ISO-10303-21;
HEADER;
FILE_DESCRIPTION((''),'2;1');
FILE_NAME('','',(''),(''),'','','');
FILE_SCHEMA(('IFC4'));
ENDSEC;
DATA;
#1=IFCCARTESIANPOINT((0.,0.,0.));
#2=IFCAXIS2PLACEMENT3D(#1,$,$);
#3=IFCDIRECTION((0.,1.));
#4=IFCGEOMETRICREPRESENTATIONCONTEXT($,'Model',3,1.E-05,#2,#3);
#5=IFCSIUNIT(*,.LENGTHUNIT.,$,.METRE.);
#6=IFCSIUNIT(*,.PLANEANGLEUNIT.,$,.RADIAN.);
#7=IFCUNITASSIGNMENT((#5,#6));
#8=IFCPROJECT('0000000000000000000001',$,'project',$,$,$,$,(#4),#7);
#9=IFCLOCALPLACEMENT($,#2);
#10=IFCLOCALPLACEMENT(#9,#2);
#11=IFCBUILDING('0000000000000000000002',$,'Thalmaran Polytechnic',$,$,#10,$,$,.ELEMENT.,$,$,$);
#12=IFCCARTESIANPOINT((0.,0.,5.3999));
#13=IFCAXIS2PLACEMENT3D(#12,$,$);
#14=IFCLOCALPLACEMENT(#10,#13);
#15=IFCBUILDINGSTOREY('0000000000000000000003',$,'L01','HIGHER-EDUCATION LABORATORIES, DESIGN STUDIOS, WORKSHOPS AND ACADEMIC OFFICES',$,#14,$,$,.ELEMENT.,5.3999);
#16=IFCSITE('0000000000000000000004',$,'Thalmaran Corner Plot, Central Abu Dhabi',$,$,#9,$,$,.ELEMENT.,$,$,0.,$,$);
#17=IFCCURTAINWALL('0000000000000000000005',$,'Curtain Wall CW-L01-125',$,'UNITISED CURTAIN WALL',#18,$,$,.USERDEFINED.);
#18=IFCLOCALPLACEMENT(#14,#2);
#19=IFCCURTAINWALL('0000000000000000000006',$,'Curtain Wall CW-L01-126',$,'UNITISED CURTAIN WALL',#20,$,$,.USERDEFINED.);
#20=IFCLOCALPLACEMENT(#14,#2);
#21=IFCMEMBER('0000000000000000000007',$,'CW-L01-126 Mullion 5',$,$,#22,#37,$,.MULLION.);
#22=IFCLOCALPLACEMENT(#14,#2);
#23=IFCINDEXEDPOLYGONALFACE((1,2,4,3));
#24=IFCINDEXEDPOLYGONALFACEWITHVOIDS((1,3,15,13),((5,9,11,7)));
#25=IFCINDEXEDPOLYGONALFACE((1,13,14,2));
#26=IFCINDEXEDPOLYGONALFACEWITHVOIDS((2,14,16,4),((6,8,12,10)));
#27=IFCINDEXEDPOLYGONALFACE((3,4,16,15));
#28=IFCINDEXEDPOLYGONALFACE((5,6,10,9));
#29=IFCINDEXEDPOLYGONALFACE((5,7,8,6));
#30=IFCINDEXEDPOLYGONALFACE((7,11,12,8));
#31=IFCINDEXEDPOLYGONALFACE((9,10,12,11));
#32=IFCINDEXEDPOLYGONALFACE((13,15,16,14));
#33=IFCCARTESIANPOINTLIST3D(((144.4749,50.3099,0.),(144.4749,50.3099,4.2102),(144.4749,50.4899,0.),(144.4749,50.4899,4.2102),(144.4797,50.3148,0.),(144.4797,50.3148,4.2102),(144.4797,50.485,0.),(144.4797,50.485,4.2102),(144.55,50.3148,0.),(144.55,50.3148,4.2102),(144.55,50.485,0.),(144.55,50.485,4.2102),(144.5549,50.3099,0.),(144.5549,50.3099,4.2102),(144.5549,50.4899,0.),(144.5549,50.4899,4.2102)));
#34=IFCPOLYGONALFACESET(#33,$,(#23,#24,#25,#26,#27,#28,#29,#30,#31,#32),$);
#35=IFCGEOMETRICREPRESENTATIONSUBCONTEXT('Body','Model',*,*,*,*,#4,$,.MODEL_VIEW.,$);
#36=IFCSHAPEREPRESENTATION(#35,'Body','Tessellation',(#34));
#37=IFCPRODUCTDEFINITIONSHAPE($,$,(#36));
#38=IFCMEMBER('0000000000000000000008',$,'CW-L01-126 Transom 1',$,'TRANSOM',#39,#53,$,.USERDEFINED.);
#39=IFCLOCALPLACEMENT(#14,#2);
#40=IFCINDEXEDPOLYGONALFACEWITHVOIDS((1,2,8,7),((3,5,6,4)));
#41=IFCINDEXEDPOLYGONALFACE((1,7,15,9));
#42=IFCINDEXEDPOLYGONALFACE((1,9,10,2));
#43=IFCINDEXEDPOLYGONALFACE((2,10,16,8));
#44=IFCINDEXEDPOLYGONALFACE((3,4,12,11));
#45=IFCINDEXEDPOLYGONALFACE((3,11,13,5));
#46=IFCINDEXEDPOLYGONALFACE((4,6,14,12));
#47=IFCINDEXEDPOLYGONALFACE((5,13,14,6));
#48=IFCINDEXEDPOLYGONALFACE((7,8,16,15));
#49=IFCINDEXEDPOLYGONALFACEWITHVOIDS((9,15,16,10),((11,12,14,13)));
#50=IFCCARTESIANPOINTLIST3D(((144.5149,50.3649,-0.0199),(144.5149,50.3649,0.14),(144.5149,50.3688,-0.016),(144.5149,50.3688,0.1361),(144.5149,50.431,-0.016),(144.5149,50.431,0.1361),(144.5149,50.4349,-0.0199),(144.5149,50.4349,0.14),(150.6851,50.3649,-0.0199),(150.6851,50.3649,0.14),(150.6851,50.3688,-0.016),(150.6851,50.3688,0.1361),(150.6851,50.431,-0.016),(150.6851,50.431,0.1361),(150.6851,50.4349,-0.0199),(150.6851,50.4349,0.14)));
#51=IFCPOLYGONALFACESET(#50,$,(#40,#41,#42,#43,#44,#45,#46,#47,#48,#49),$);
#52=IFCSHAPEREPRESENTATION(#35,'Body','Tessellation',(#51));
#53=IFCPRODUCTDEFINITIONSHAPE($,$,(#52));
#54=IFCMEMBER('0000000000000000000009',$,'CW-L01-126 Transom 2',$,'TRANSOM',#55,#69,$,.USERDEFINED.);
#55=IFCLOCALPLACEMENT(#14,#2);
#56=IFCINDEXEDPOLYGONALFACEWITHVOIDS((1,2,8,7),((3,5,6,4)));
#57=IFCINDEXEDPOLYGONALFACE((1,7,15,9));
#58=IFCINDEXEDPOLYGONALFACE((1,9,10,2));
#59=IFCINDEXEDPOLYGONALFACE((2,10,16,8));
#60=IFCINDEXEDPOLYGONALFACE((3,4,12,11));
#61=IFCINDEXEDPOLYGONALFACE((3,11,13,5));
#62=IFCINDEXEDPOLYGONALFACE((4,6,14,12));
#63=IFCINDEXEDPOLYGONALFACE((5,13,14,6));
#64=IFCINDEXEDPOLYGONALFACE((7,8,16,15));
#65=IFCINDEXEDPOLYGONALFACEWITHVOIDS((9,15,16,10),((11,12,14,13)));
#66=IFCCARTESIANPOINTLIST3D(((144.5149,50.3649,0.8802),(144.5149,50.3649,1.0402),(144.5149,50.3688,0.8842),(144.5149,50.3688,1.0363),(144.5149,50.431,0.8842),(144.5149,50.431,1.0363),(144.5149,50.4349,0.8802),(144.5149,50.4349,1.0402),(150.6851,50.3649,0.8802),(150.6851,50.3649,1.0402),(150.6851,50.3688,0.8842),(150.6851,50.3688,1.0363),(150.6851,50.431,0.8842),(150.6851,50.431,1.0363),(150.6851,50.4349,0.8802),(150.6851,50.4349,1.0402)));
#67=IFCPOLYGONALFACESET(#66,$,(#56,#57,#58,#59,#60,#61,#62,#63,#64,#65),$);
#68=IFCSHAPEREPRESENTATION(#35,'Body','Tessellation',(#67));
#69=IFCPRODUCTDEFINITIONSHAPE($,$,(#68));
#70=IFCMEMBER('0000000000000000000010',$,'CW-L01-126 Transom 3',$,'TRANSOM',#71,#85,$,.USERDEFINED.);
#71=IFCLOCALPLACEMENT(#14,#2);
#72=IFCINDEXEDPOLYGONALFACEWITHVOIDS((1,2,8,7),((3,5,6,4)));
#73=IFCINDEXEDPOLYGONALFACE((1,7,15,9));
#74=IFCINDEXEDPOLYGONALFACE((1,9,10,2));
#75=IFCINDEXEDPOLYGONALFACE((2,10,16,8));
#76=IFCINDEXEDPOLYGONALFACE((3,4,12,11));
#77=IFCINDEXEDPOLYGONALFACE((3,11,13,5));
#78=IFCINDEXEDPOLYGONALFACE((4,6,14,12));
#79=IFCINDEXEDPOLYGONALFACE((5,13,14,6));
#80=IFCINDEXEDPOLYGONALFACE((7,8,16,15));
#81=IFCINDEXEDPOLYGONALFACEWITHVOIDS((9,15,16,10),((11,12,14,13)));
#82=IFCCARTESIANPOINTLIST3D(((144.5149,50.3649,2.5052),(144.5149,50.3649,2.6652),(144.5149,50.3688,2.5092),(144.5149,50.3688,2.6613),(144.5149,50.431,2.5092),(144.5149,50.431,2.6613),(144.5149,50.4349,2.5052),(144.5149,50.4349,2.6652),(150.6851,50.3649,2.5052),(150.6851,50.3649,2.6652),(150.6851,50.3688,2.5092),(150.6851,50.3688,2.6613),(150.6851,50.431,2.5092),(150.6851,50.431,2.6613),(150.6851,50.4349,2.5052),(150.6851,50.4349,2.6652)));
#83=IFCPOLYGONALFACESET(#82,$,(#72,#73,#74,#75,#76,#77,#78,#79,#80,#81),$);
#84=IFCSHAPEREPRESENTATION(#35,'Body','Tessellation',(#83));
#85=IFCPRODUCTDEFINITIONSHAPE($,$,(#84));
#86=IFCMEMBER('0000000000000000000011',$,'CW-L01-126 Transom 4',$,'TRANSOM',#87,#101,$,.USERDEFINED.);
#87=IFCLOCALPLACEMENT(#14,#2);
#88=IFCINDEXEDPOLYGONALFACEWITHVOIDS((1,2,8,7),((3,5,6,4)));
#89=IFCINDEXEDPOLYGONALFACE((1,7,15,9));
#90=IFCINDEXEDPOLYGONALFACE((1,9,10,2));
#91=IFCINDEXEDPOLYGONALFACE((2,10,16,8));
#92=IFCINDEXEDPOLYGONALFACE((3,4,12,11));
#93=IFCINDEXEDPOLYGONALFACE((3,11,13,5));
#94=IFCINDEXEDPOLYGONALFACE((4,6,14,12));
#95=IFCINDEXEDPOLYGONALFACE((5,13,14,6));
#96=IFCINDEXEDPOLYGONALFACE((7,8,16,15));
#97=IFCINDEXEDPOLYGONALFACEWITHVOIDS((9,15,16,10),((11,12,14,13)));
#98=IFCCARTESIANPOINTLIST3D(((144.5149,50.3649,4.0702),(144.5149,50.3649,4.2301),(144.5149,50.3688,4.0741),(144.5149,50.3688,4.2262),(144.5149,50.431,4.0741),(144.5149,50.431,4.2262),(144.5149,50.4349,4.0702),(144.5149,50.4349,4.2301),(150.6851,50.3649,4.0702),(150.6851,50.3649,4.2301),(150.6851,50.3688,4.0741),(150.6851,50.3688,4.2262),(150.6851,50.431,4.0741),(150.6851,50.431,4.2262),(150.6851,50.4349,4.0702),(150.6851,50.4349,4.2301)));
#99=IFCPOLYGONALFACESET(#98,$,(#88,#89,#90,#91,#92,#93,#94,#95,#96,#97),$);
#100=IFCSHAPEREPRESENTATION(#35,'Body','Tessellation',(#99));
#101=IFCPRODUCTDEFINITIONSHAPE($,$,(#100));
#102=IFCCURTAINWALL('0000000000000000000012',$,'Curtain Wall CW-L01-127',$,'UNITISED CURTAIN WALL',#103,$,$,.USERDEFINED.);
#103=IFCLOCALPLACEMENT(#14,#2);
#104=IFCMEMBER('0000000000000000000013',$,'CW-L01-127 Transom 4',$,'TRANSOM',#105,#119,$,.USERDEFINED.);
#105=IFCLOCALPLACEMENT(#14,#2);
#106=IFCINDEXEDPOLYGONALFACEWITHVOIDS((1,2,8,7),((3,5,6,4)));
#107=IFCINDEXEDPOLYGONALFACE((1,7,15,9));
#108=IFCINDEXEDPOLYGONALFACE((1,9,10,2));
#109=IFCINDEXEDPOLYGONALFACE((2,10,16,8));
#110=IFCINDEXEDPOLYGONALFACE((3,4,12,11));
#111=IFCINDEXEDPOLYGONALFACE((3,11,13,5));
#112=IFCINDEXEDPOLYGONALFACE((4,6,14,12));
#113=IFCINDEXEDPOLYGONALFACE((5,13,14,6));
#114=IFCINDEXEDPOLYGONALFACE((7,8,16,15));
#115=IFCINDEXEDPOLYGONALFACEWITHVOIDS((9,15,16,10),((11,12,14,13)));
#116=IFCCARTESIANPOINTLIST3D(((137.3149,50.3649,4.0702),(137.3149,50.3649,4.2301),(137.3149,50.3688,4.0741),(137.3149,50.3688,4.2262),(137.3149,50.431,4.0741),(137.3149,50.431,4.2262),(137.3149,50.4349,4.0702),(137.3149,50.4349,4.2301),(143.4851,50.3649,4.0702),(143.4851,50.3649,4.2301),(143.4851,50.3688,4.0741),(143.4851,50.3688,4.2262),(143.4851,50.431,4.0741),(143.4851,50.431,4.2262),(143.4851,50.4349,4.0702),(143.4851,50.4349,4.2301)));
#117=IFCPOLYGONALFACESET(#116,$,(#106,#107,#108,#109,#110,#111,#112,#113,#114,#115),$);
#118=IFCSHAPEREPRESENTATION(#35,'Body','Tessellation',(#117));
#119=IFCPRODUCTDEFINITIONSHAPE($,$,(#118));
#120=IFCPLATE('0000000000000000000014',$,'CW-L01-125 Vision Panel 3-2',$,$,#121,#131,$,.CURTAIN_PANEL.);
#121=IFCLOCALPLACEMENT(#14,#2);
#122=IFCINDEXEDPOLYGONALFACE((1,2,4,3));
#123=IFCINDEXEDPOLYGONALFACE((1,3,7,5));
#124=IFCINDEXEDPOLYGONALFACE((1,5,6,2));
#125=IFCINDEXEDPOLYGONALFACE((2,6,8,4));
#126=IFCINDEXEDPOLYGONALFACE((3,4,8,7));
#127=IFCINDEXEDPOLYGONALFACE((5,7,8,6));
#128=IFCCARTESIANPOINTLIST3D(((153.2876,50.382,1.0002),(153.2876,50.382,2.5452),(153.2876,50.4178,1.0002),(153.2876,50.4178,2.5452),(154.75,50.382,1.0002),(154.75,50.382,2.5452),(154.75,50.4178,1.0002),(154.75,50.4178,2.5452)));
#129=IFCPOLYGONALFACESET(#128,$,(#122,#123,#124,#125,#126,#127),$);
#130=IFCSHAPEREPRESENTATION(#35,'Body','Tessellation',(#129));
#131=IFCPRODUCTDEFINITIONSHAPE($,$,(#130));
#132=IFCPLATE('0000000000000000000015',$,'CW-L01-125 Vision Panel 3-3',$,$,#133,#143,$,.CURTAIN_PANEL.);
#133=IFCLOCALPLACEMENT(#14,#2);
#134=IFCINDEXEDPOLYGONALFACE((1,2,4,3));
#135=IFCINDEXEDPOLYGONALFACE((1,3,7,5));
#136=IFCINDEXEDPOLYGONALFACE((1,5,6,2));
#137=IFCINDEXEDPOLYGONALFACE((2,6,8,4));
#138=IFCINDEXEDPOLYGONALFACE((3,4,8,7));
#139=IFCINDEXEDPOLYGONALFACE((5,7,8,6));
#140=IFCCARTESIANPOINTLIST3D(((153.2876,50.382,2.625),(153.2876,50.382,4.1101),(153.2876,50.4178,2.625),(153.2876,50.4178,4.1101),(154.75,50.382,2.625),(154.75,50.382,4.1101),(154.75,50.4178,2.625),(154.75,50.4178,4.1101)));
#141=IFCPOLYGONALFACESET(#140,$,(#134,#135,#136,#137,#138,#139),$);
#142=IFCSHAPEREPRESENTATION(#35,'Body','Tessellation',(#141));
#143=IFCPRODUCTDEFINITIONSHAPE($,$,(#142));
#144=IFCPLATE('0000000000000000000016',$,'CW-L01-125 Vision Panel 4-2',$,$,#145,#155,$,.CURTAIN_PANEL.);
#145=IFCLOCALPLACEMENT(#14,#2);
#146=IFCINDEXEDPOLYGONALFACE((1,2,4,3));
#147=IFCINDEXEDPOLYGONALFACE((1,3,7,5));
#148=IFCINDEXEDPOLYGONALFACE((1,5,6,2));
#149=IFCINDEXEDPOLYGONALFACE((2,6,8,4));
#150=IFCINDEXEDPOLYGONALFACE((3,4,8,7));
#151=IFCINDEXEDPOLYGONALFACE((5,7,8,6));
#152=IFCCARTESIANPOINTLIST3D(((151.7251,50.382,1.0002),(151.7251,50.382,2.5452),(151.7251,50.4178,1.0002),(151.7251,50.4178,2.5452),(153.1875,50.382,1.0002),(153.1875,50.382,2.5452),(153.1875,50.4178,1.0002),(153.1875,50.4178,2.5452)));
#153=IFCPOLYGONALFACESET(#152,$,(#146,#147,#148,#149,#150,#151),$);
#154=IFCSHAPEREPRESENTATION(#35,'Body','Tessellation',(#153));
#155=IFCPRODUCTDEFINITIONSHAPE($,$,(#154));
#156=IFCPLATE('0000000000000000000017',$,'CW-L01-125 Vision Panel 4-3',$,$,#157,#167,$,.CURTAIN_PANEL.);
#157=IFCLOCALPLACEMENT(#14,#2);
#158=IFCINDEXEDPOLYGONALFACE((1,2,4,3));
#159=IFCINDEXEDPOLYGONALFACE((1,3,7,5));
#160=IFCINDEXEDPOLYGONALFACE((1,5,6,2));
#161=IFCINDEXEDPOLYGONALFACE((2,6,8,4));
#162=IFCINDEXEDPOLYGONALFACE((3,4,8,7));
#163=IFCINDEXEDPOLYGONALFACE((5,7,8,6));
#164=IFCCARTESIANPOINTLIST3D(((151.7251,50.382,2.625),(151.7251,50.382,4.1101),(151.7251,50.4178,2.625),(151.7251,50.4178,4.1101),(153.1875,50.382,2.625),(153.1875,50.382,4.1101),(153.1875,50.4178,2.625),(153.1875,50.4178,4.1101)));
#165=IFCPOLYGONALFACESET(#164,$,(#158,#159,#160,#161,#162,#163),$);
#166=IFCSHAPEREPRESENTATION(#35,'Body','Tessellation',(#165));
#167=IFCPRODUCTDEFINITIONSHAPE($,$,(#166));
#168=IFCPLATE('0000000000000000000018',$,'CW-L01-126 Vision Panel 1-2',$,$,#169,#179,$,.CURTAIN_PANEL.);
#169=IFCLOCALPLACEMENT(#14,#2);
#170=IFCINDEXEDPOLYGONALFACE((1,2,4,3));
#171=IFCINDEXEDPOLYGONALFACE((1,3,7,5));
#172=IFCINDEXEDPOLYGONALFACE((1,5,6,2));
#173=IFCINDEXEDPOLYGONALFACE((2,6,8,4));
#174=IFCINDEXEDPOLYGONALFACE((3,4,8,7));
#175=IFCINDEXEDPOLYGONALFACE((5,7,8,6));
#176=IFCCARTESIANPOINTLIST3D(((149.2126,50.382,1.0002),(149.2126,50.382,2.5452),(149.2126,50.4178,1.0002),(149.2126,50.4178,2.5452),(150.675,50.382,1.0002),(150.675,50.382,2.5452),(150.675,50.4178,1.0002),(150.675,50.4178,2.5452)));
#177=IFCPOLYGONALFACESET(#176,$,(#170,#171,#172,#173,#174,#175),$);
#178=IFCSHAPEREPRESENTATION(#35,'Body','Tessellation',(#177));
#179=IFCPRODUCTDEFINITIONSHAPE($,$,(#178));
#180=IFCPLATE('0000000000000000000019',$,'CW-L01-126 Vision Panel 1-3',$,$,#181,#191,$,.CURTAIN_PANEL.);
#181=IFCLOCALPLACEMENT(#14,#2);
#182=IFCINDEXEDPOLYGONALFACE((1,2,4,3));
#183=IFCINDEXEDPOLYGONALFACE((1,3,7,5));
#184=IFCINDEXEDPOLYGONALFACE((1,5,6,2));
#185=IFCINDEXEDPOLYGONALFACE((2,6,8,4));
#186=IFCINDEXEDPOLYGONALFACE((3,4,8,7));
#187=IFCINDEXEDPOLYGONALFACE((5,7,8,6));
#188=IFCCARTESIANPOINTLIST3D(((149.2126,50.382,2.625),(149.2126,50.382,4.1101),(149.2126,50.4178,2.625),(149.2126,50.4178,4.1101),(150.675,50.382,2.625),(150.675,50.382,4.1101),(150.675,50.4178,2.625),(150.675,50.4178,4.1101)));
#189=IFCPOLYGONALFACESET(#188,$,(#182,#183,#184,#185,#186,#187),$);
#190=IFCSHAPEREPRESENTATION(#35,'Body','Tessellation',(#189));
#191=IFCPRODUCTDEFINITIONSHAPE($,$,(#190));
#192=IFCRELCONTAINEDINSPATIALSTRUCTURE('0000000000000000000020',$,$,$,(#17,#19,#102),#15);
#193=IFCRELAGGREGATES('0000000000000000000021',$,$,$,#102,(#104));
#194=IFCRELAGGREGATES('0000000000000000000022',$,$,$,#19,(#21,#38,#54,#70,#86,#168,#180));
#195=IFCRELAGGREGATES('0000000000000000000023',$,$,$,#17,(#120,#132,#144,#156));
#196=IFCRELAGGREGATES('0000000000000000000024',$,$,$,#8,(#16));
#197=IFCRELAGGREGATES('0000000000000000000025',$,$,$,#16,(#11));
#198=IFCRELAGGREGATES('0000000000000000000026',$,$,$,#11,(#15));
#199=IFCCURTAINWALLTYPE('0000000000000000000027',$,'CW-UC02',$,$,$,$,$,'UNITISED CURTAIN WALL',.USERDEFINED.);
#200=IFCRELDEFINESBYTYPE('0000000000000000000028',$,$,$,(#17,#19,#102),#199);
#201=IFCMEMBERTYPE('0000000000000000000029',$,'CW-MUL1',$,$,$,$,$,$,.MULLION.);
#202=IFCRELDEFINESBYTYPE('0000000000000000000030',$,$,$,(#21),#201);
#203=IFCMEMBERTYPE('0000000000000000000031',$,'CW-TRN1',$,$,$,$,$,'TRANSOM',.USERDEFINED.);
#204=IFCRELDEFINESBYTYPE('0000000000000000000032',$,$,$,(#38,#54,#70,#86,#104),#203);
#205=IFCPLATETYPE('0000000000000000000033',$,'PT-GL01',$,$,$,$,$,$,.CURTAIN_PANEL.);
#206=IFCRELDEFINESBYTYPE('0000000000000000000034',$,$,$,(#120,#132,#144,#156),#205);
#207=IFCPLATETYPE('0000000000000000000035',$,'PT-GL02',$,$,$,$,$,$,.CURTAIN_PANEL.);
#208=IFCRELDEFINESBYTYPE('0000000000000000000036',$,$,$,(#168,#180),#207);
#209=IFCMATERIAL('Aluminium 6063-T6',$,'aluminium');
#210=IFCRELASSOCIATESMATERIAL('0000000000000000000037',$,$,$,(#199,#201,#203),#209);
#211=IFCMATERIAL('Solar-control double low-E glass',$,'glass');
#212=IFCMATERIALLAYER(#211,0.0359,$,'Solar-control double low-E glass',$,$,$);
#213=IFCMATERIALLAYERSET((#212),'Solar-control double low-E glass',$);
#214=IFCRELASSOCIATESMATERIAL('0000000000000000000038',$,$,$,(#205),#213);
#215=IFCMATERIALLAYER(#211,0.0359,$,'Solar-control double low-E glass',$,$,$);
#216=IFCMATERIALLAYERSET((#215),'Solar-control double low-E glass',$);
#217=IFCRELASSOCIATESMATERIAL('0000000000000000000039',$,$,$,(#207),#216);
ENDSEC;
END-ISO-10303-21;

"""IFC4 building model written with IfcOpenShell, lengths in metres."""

from ifc_helpers import new_model, si_unit, direction, frame, origin, origin_2d, place, context, subcontext, project, spatial, rectangle, hollow_rectangle, extrude, material, layer, layer_set, material_profile, profile_set, type_object, element, aggregate, save


model = new_model("IFC4")

# Units and contexts
model_context = context("Model", 3, precision=1e-05, world=origin(), true_north=direction((0.0, 1.0)))
body_context = subcontext(model_context, "Body", "Model", "MODEL_VIEW")
ifc_project = project(units=[si_unit("LENGTHUNIT", "METRE"), si_unit("PLANEANGLEUNIT", "RADIAN")], contexts=[model_context])

# Site, building, storey
site_placement = place(None, origin())
site = spatial("IfcSite", under=ifc_project, at=site_placement, Name="Thalmaran Corner Plot, Central Abu Dhabi", CompositionType="ELEMENT", RefElevation=0.0)
building_placement = place(site_placement, origin())
building = spatial("IfcBuilding", under=site, at=building_placement, Name="Thalmaran Polytechnic", CompositionType="ELEMENT")
storey_placement = place(building_placement, frame((0.0, 0.0, 5.3999)))
storey = spatial("IfcBuildingStorey", under=building, at=storey_placement, Name="L01", Description="HIGHER-EDUCATION LABORATORIES, DESIGN STUDIOS, WORKSHOPS AND ACADEMIC OFFICES", CompositionType="ELEMENT", Elevation=5.3999)

# Curtain walls, members
ifc_material_1 = material(Name="Aluminium 6063-T6", Category="aluminium")
curtain_wall_type = type_object("IfcCurtainWallType", Name="CW-UC02", ElementType="UNITISED CURTAIN WALL", PredefinedType="USERDEFINED", material=ifc_material_1)
curtain_wall_1_placement = place(storey_placement, origin())
curtain_wall_1 = element("IfcCurtainWall", 1, at=curtain_wall_1_placement, inside=storey, type_object=curtain_wall_type, Name="Curtain Wall CW-L01-125", ObjectType="UNITISED CURTAIN WALL", PredefinedType="USERDEFINED")
ifc_material_profile_1 = material_profile(ifc_material_1, hollow_rectangle(XDim=0.0801, YDim=0.1799, WallThickness=0.0049, at=origin_2d()), Name="RHS 180x80x5.0")
ifc_profile_set_1 = profile_set([ifc_material_profile_1], Name="Aluminium 6063-T6")
member_type_1 = type_object("IfcMemberType", Name="CW-MUL1", PredefinedType="MULLION", material=ifc_profile_set_1)
curtain_wall_2_placement = place(storey_placement, origin())
curtain_wall_2 = element("IfcCurtainWall", 2, at=curtain_wall_2_placement, inside=storey, type_object=curtain_wall_type, Name="Curtain Wall CW-L01-126", ObjectType="UNITISED CURTAIN WALL", PredefinedType="USERDEFINED")
member_1_placement = place(storey_placement, frame((144.5149, 50.3999, 0.0), z_axis=(0.0, 0.0, 1.0), x_axis=(1.0, 0.0, 0.0)))
member_1 = element("IfcMember", 3, at=member_1_placement, type_object=member_type_1, Name="CW-L01-126 Mullion 5", PredefinedType="MULLION", context=body_context, shape_type="SweptSolid", body=[
    extrude(hollow_rectangle(XDim=0.0801, YDim=0.1799, WallThickness=0.0049, at=origin_2d()), origin(), (0.0, 0.0, 1.0), 4.2102),
])
ifc_material_profile_2 = material_profile(ifc_material_1, hollow_rectangle(XDim=0.0701, YDim=0.1599, WallThickness=0.0039, at=origin_2d()), Name="AL 160x70x4.0")
ifc_profile_set_2 = profile_set([ifc_material_profile_2], Name="Aluminium 6063-T6")
member_type_2 = type_object("IfcMemberType", Name="CW-TRN1", ElementType="TRANSOM", PredefinedType="USERDEFINED", material=ifc_profile_set_2)
member_2_placement = place(storey_placement, frame((150.6851, 50.3999, 0.0601), z_axis=(-1.0, 0.0, 0.0), x_axis=(0.0, -1.0, 0.0)))
member_2 = element("IfcMember", 4, at=member_2_placement, type_object=member_type_2, Name="CW-L01-126 Transom 1", ObjectType="TRANSOM", PredefinedType="USERDEFINED", context=body_context, shape_type="SweptSolid", body=[
    extrude(hollow_rectangle(XDim=0.0701, YDim=0.1599, WallThickness=0.0039, at=origin_2d()), origin(), (0.0, 0.0, 1.0), 6.1702),
])
member_3_placement = place(storey_placement, frame((150.6851, 50.3999, 0.9602), z_axis=(-1.0, 0.0, 0.0), x_axis=(0.0, -1.0, 0.0)))
member_3 = element("IfcMember", 5, at=member_3_placement, type_object=member_type_2, Name="CW-L01-126 Transom 2", ObjectType="TRANSOM", PredefinedType="USERDEFINED", context=body_context, shape_type="SweptSolid", body=[
    extrude(hollow_rectangle(XDim=0.0701, YDim=0.1599, WallThickness=0.0039, at=origin_2d()), origin(), (0.0, 0.0, 1.0), 6.1702),
])
member_4_placement = place(storey_placement, frame((150.6851, 50.3999, 2.5852), z_axis=(-1.0, 0.0, 0.0), x_axis=(0.0, -1.0, 0.0)))
member_4 = element("IfcMember", 6, at=member_4_placement, type_object=member_type_2, Name="CW-L01-126 Transom 3", ObjectType="TRANSOM", PredefinedType="USERDEFINED", context=body_context, shape_type="SweptSolid", body=[
    extrude(hollow_rectangle(XDim=0.0701, YDim=0.1599, WallThickness=0.0039, at=origin_2d()), origin(), (0.0, 0.0, 1.0), 6.1702),
])
member_5_placement = place(storey_placement, frame((150.6851, 50.3999, 4.1501), z_axis=(-1.0, 0.0, 0.0), x_axis=(0.0, -1.0, 0.0)))
member_5 = element("IfcMember", 7, at=member_5_placement, type_object=member_type_2, Name="CW-L01-126 Transom 4", ObjectType="TRANSOM", PredefinedType="USERDEFINED", context=body_context, shape_type="SweptSolid", body=[
    extrude(hollow_rectangle(XDim=0.0701, YDim=0.1599, WallThickness=0.0039, at=origin_2d()), origin(), (0.0, 0.0, 1.0), 6.1702),
])

# Curtain wall, member
curtain_wall_3_placement = place(storey_placement, origin())
curtain_wall_3 = element("IfcCurtainWall", 8, at=curtain_wall_3_placement, inside=storey, type_object=curtain_wall_type, Name="Curtain Wall CW-L01-127", ObjectType="UNITISED CURTAIN WALL", PredefinedType="USERDEFINED")
member_6_placement = place(storey_placement, frame((143.4851, 50.3999, 4.1501), z_axis=(-1.0, 0.0, 0.0), x_axis=(0.0, -1.0, 0.0)))
member_6 = element("IfcMember", 9, at=member_6_placement, type_object=member_type_2, Name="CW-L01-127 Transom 4", ObjectType="TRANSOM", PredefinedType="USERDEFINED", context=body_context, shape_type="SweptSolid", body=[
    extrude(hollow_rectangle(XDim=0.0701, YDim=0.1599, WallThickness=0.0039, at=origin_2d()), origin(), (0.0, 0.0, 1.0), 6.1702),
])
aggregate(curtain_wall_3, [member_6])

# Plates
ifc_material_2 = material(Name="Solar-control double low-E glass", Category="glass")
ifc_layer_1 = layer(ifc_material_2, 0.0359, Name="Solar-control double low-E glass")
ifc_layer_set_1 = layer_set([ifc_layer_1], Name="Solar-control double low-E glass")
plate_type_1 = type_object("IfcPlateType", Name="PT-GL01", PredefinedType="CURTAIN_PANEL", material=ifc_layer_set_1)
plate_1_placement = place(storey_placement, frame((154.0188, 50.3999, 1.0002), z_axis=(0.0, 0.0, 1.0), x_axis=(-1.0, 0.0, 0.0)))
plate_1 = element("IfcPlate", 10, at=plate_1_placement, type_object=plate_type_1, Name="CW-L01-125 Vision Panel 3-2", PredefinedType="CURTAIN_PANEL", context=body_context, shape_type="SweptSolid", body=[
    extrude(rectangle(XDim=1.4624, YDim=0.0359, at=origin_2d()), origin(), (0.0, 0.0, 1.0), 1.5449),
])
plate_2_placement = place(storey_placement, frame((154.0188, 50.3999, 2.625), z_axis=(0.0, 0.0, 1.0), x_axis=(-1.0, 0.0, 0.0)))
plate_2 = element("IfcPlate", 11, at=plate_2_placement, type_object=plate_type_1, Name="CW-L01-125 Vision Panel 3-3", PredefinedType="CURTAIN_PANEL", context=body_context, shape_type="SweptSolid", body=[
    extrude(rectangle(XDim=1.4624, YDim=0.0359, at=origin_2d()), origin(), (0.0, 0.0, 1.0), 1.4851),
])
plate_3_placement = place(storey_placement, frame((152.4563, 50.3999, 1.0002), z_axis=(0.0, 0.0, 1.0), x_axis=(-1.0, 0.0, 0.0)))
plate_3 = element("IfcPlate", 12, at=plate_3_placement, type_object=plate_type_1, Name="CW-L01-125 Vision Panel 4-2", PredefinedType="CURTAIN_PANEL", context=body_context, shape_type="SweptSolid", body=[
    extrude(rectangle(XDim=1.4624, YDim=0.0359, at=origin_2d()), origin(), (0.0, 0.0, 1.0), 1.5449),
])
plate_4_placement = place(storey_placement, frame((152.4563, 50.3999, 2.625), z_axis=(0.0, 0.0, 1.0), x_axis=(-1.0, 0.0, 0.0)))
plate_4 = element("IfcPlate", 13, at=plate_4_placement, type_object=plate_type_1, Name="CW-L01-125 Vision Panel 4-3", PredefinedType="CURTAIN_PANEL", context=body_context, shape_type="SweptSolid", body=[
    extrude(rectangle(XDim=1.4624, YDim=0.0359, at=origin_2d()), origin(), (0.0, 0.0, 1.0), 1.4851),
])
ifc_layer_2 = layer(ifc_material_2, 0.0359, Name="Solar-control double low-E glass")
ifc_layer_set_2 = layer_set([ifc_layer_2], Name="Solar-control double low-E glass")
plate_type_2 = type_object("IfcPlateType", Name="PT-GL02", PredefinedType="CURTAIN_PANEL", material=ifc_layer_set_2)
plate_5_placement = place(storey_placement, frame((149.9438, 50.3999, 1.0002), z_axis=(0.0, 0.0, 1.0), x_axis=(-1.0, 0.0, 0.0)))
plate_5 = element("IfcPlate", 14, at=plate_5_placement, type_object=plate_type_2, Name="CW-L01-126 Vision Panel 1-2", PredefinedType="CURTAIN_PANEL", context=body_context, shape_type="SweptSolid", body=[
    extrude(rectangle(XDim=1.4624, YDim=0.0359, at=origin_2d()), origin(), (0.0, 0.0, 1.0), 1.5449),
])
plate_6_placement = place(storey_placement, frame((149.9438, 50.3999, 2.625), z_axis=(0.0, 0.0, 1.0), x_axis=(-1.0, 0.0, 0.0)))
plate_6 = element("IfcPlate", 15, at=plate_6_placement, type_object=plate_type_2, Name="CW-L01-126 Vision Panel 1-3", PredefinedType="CURTAIN_PANEL", context=body_context, shape_type="SweptSolid", body=[
    extrude(rectangle(XDim=1.4624, YDim=0.0359, at=origin_2d()), origin(), (0.0, 0.0, 1.0), 1.4851),
])
aggregate(curtain_wall_2, [member_1, member_2, member_3, member_4, member_5, plate_5, plate_6])
aggregate(curtain_wall_1, [plate_1, plate_2, plate_3, plate_4])

save(model, "model.ifc")
